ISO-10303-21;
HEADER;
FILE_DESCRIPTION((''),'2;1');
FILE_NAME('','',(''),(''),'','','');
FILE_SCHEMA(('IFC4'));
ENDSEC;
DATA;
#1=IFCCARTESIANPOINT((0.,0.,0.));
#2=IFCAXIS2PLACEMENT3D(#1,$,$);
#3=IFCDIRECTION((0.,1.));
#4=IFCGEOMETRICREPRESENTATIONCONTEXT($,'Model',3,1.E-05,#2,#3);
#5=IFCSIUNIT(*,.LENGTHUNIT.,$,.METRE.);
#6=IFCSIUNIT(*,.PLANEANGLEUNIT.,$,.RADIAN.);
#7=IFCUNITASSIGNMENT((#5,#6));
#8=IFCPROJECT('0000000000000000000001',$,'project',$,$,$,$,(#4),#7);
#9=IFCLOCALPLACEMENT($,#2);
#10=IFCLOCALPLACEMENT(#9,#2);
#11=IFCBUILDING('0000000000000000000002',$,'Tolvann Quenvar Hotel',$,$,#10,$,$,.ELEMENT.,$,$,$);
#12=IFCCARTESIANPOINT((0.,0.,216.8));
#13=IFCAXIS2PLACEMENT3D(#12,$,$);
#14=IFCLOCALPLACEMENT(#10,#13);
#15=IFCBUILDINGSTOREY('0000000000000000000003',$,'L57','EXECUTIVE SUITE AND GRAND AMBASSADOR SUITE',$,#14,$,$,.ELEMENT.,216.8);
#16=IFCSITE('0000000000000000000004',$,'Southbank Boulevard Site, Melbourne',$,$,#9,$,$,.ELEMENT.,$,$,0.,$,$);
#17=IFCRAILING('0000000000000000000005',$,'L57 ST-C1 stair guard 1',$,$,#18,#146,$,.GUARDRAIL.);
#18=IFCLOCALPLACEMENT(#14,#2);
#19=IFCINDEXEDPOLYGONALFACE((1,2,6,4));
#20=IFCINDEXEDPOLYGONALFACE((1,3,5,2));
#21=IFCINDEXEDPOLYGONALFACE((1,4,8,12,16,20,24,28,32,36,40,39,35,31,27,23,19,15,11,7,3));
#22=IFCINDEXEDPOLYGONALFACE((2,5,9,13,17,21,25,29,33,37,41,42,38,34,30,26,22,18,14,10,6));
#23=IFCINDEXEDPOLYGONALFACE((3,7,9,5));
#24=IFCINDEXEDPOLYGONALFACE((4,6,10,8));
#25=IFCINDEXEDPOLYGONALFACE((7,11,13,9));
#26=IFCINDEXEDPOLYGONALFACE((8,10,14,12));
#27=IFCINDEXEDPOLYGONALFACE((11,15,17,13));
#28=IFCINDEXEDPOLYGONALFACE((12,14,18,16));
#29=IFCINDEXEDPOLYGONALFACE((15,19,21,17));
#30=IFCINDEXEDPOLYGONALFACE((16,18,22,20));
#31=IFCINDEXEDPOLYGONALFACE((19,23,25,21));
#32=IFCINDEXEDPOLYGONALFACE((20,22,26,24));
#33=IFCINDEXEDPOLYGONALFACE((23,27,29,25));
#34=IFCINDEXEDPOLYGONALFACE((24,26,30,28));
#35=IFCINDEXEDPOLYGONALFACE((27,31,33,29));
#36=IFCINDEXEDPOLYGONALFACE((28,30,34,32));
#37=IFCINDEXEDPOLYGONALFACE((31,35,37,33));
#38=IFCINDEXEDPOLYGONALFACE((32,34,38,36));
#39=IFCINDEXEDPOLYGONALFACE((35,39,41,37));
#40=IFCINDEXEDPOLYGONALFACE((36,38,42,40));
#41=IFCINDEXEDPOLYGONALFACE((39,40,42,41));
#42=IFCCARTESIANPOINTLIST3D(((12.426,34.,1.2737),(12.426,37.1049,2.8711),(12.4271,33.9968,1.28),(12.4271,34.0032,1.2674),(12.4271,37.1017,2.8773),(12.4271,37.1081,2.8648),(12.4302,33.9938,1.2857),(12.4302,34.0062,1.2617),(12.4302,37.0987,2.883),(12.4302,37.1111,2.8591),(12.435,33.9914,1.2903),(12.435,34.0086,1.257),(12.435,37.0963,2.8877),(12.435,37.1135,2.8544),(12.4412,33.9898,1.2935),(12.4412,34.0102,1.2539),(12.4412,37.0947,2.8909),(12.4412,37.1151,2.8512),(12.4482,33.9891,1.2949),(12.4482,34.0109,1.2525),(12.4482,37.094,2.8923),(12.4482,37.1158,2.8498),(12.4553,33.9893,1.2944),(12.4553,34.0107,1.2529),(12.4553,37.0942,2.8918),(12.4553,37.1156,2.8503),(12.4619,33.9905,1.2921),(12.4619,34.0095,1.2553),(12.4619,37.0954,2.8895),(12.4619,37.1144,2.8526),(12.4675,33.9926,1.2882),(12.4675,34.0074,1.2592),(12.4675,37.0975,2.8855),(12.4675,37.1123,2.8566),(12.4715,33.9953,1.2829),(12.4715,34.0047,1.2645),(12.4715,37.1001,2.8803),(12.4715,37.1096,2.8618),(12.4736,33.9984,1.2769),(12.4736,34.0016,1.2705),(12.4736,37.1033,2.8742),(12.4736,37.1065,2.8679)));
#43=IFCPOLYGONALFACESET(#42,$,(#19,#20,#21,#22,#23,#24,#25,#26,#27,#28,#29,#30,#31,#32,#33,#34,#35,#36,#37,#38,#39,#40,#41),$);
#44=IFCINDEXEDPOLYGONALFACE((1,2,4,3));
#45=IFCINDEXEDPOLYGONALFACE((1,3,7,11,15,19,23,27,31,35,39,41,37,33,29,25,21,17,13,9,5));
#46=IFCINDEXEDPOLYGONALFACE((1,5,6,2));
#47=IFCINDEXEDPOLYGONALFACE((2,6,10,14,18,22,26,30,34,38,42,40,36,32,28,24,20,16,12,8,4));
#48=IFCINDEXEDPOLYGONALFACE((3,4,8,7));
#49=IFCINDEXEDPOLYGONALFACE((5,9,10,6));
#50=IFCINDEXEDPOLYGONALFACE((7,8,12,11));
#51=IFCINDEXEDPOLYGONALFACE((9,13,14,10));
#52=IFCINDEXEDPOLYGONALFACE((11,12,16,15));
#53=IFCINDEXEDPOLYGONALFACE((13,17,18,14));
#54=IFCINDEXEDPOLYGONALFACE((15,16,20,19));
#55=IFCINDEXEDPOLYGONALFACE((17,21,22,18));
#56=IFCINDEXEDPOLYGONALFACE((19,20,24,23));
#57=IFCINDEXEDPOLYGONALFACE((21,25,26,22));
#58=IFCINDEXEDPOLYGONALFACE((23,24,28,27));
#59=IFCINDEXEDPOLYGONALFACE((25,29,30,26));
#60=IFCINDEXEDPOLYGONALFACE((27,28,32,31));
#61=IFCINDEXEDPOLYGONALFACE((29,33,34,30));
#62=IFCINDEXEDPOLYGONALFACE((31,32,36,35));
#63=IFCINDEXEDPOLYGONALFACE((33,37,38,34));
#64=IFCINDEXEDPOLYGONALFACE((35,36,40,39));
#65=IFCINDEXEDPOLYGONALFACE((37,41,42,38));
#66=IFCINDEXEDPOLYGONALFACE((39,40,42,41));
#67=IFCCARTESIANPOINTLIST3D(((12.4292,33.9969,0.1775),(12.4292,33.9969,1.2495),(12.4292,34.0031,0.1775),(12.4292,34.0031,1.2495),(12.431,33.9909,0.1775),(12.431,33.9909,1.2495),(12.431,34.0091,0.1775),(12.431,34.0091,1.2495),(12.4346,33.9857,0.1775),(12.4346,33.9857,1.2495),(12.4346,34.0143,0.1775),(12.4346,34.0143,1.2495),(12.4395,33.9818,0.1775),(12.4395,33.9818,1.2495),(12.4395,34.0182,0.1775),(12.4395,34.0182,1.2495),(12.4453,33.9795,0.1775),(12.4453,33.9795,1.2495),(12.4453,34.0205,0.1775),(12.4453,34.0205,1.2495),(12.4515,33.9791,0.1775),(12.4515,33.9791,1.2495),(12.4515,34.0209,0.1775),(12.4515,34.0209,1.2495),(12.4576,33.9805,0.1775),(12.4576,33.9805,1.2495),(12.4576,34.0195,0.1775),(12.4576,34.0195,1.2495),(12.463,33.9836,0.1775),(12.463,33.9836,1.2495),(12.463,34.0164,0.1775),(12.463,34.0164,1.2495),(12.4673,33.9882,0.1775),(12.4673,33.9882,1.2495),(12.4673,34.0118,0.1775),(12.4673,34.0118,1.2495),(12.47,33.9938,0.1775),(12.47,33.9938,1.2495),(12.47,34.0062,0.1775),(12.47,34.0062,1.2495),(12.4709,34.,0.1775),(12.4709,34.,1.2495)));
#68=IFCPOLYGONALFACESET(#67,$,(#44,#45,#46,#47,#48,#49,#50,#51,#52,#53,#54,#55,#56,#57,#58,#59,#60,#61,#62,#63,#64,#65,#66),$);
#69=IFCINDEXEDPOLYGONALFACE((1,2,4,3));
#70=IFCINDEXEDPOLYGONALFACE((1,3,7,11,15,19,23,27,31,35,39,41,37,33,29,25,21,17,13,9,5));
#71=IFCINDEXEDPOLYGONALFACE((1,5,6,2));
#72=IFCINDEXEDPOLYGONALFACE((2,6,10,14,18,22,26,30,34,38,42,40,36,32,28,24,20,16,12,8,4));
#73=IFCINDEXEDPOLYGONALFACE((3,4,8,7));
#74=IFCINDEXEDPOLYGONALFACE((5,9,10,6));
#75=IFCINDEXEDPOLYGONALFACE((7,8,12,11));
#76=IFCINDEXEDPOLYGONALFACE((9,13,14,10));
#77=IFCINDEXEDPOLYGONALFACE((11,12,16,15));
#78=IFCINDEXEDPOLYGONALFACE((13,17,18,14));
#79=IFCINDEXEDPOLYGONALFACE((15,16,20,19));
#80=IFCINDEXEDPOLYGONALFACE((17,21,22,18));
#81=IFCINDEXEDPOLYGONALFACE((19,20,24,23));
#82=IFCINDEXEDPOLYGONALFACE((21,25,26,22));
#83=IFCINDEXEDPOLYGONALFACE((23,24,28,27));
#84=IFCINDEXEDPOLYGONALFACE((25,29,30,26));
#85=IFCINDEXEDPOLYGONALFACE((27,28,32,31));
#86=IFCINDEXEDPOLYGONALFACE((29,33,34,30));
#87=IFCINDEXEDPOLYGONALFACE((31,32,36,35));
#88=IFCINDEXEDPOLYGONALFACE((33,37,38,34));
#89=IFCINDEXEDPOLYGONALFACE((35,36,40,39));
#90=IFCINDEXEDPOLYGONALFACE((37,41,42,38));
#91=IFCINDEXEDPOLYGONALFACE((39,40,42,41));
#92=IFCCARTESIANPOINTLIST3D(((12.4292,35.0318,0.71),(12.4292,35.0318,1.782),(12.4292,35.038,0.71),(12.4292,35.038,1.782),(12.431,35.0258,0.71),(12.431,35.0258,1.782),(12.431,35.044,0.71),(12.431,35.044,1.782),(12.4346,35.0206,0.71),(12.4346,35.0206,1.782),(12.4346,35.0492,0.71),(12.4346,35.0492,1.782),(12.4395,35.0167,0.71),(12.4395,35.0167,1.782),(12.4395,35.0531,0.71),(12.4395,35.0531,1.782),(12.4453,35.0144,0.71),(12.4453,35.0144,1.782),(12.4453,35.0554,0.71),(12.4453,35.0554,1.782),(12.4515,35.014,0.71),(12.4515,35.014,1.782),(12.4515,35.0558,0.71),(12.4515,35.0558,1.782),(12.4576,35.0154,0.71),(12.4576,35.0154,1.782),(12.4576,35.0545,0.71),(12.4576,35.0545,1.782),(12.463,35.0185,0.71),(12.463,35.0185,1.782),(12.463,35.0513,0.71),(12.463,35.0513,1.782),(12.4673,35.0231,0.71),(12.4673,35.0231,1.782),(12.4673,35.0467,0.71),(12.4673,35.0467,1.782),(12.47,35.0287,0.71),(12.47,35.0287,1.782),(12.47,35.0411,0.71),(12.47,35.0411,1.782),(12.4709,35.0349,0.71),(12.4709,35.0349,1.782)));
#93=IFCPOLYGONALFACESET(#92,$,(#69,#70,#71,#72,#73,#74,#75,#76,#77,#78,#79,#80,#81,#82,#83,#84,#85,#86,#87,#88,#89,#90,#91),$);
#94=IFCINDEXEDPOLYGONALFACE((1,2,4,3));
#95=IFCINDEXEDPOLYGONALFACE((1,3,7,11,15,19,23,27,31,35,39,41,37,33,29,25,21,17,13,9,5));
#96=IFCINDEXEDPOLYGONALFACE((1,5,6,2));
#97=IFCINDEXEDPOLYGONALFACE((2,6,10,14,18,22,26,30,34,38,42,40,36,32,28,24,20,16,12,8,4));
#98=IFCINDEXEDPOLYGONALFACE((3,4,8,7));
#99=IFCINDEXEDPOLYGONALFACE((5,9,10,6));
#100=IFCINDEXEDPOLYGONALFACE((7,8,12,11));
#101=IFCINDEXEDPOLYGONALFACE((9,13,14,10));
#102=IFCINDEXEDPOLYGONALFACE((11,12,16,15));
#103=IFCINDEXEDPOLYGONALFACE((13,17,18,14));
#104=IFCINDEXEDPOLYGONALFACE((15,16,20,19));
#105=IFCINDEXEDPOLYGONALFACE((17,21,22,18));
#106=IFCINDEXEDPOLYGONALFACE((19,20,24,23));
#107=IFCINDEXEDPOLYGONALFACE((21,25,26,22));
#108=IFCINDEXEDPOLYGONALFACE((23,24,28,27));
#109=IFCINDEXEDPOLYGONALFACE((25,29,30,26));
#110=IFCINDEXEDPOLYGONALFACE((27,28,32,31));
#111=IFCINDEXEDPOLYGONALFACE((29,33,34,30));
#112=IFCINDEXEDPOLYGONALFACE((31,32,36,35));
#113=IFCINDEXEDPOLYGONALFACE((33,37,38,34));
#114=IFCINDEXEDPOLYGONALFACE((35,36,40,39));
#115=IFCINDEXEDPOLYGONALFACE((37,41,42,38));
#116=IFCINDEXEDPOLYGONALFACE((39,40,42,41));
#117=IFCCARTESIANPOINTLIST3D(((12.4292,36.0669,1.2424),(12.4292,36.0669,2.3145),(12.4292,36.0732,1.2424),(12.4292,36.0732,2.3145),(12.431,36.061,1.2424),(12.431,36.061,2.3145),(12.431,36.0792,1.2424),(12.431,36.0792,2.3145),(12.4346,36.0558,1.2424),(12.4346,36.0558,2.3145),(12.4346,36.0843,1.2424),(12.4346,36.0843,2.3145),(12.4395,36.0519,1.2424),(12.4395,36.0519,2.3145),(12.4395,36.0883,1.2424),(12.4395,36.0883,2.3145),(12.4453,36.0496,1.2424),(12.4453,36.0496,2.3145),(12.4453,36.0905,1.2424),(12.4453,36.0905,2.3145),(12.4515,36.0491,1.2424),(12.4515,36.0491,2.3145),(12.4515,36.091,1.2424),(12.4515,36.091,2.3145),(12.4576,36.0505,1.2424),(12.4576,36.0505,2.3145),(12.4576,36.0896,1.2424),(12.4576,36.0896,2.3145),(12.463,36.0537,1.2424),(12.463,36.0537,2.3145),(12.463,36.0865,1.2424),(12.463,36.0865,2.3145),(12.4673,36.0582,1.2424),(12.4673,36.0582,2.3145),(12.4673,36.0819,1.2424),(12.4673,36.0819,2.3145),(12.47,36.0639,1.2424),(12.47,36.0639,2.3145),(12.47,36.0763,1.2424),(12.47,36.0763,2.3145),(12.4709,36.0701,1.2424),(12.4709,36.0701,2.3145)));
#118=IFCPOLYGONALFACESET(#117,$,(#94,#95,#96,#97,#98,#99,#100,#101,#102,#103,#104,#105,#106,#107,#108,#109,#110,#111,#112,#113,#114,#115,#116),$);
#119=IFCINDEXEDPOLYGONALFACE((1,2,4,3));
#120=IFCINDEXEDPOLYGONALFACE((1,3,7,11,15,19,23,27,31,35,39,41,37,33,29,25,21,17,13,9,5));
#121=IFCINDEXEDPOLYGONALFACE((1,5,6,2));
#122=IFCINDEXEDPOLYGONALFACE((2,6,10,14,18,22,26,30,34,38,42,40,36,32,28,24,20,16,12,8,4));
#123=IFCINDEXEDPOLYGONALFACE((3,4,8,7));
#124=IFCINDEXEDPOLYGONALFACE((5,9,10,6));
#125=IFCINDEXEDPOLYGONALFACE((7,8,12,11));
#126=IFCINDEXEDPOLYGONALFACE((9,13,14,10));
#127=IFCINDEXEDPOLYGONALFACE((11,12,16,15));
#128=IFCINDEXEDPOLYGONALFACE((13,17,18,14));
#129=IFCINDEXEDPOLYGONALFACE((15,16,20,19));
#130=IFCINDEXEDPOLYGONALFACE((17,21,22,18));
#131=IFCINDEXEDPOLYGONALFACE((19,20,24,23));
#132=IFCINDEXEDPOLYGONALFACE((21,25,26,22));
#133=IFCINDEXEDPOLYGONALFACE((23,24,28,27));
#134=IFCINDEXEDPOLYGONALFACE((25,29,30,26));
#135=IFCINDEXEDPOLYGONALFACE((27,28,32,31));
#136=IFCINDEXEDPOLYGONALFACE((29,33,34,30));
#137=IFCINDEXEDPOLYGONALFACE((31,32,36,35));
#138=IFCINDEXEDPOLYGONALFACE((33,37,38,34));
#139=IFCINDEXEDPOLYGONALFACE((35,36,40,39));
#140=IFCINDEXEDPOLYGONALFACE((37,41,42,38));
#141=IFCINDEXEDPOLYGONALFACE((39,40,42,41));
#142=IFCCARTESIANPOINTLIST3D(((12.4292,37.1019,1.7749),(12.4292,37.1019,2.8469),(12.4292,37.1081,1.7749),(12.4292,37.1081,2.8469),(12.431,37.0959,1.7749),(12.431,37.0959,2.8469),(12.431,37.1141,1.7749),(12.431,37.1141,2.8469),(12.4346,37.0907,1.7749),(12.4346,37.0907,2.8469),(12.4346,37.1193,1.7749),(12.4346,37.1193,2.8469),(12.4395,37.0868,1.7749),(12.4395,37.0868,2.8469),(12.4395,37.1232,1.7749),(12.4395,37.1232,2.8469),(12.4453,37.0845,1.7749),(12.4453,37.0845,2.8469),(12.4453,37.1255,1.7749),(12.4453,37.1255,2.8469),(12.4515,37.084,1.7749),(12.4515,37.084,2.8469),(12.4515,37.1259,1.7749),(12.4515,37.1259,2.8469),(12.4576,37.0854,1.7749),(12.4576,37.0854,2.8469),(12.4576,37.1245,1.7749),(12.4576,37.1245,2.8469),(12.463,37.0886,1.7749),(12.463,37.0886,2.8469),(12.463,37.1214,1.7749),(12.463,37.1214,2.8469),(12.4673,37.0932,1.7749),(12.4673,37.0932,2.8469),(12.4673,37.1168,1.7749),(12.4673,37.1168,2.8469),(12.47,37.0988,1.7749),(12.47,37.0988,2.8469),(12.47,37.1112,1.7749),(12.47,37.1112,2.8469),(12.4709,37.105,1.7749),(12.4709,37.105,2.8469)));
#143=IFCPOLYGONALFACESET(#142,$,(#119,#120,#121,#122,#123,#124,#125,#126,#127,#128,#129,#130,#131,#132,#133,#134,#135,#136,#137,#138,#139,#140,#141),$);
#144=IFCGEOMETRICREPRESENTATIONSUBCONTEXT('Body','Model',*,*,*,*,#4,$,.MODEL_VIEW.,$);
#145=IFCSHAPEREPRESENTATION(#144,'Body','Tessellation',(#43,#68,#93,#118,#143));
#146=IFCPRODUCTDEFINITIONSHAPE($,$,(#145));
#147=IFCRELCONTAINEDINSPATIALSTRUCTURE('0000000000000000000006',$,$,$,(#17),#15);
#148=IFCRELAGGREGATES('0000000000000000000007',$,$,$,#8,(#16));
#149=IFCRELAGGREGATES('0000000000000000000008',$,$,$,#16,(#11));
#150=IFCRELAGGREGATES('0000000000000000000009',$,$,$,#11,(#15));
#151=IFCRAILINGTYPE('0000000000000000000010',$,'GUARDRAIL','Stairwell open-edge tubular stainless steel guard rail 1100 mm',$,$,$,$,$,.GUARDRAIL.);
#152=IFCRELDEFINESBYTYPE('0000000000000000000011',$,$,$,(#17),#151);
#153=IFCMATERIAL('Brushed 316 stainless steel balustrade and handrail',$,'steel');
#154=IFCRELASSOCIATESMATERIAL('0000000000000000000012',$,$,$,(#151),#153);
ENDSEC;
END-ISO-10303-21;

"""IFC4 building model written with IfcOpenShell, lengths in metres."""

from ifc_helpers import new_model, si_unit, direction, frame, origin, origin_2d, place, context, subcontext, project, spatial, circle, extrude, material, type_object, element, save


model = new_model("IFC4")

# Units and contexts
model_context = context("Model", 3, precision=1e-05, world=origin(), true_north=direction((0.0, 1.0)))
body_context = subcontext(model_context, "Body", "Model", "MODEL_VIEW")
ifc_project = project(units=[si_unit("LENGTHUNIT", "METRE"), si_unit("PLANEANGLEUNIT", "RADIAN")], contexts=[model_context])

# Site, building, storey
site_placement = place(None, origin())
site = spatial("IfcSite", under=ifc_project, at=site_placement, Name="Southbank Boulevard Site, Melbourne", CompositionType="ELEMENT", RefElevation=0.0)
building_placement = place(site_placement, origin())
building = spatial("IfcBuilding", under=site, at=building_placement, Name="Tolvann Quenvar Hotel", CompositionType="ELEMENT")
storey_placement = place(building_placement, frame((0.0, 0.0, 216.8)))
storey = spatial("IfcBuildingStorey", under=building, at=storey_placement, Name="L57", Description="EXECUTIVE SUITE AND GRAND AMBASSADOR SUITE", CompositionType="ELEMENT", Elevation=216.8)

# Railing
ifc_material_1 = material(Name="Brushed 316 stainless steel balustrade and handrail", Category="steel")
railing_type = type_object("IfcRailingType", Name="GUARDRAIL", Description="Stairwell open-edge tubular stainless steel guard rail 1100 mm", PredefinedType="GUARDRAIL", material=ifc_material_1)
railing_1_placement = place(storey_placement, frame((12.45, 34.0, 0.1775)))
element("IfcRailing", 1, at=railing_1_placement, inside=storey, type_object=railing_type, Name="L57 ST-C1 stair guard 1", PredefinedType="GUARDRAIL", context=body_context, shape_type="SweptSolid", body=[
    extrude(circle(Radius=0.0239, at=origin_2d()), frame((0.0, 0.0, 1.0962), z_axis=(0.0, 0.889222, 0.457476), x_axis=(-1.0, 0.0, 0.0)), (0.0, 0.0, 1.0), 3.4917),
    extrude(circle(Radius=0.021, at=origin_2d()), origin(), (0.0, 0.0, 1.0), 1.072),
    extrude(circle(Radius=0.021, at=origin_2d()), frame((0.0, 1.0349, 0.5325)), (0.0, 0.0, 1.0), 1.072),
    extrude(circle(Radius=0.021, at=origin_2d()), frame((0.0, 2.0701, 1.0649)), (0.0, 0.0, 1.0), 1.072),
    extrude(circle(Radius=0.021, at=origin_2d()), frame((0.0, 3.105, 1.5974)), (0.0, 0.0, 1.0), 1.072),
])

save(model, "model.ifc")
